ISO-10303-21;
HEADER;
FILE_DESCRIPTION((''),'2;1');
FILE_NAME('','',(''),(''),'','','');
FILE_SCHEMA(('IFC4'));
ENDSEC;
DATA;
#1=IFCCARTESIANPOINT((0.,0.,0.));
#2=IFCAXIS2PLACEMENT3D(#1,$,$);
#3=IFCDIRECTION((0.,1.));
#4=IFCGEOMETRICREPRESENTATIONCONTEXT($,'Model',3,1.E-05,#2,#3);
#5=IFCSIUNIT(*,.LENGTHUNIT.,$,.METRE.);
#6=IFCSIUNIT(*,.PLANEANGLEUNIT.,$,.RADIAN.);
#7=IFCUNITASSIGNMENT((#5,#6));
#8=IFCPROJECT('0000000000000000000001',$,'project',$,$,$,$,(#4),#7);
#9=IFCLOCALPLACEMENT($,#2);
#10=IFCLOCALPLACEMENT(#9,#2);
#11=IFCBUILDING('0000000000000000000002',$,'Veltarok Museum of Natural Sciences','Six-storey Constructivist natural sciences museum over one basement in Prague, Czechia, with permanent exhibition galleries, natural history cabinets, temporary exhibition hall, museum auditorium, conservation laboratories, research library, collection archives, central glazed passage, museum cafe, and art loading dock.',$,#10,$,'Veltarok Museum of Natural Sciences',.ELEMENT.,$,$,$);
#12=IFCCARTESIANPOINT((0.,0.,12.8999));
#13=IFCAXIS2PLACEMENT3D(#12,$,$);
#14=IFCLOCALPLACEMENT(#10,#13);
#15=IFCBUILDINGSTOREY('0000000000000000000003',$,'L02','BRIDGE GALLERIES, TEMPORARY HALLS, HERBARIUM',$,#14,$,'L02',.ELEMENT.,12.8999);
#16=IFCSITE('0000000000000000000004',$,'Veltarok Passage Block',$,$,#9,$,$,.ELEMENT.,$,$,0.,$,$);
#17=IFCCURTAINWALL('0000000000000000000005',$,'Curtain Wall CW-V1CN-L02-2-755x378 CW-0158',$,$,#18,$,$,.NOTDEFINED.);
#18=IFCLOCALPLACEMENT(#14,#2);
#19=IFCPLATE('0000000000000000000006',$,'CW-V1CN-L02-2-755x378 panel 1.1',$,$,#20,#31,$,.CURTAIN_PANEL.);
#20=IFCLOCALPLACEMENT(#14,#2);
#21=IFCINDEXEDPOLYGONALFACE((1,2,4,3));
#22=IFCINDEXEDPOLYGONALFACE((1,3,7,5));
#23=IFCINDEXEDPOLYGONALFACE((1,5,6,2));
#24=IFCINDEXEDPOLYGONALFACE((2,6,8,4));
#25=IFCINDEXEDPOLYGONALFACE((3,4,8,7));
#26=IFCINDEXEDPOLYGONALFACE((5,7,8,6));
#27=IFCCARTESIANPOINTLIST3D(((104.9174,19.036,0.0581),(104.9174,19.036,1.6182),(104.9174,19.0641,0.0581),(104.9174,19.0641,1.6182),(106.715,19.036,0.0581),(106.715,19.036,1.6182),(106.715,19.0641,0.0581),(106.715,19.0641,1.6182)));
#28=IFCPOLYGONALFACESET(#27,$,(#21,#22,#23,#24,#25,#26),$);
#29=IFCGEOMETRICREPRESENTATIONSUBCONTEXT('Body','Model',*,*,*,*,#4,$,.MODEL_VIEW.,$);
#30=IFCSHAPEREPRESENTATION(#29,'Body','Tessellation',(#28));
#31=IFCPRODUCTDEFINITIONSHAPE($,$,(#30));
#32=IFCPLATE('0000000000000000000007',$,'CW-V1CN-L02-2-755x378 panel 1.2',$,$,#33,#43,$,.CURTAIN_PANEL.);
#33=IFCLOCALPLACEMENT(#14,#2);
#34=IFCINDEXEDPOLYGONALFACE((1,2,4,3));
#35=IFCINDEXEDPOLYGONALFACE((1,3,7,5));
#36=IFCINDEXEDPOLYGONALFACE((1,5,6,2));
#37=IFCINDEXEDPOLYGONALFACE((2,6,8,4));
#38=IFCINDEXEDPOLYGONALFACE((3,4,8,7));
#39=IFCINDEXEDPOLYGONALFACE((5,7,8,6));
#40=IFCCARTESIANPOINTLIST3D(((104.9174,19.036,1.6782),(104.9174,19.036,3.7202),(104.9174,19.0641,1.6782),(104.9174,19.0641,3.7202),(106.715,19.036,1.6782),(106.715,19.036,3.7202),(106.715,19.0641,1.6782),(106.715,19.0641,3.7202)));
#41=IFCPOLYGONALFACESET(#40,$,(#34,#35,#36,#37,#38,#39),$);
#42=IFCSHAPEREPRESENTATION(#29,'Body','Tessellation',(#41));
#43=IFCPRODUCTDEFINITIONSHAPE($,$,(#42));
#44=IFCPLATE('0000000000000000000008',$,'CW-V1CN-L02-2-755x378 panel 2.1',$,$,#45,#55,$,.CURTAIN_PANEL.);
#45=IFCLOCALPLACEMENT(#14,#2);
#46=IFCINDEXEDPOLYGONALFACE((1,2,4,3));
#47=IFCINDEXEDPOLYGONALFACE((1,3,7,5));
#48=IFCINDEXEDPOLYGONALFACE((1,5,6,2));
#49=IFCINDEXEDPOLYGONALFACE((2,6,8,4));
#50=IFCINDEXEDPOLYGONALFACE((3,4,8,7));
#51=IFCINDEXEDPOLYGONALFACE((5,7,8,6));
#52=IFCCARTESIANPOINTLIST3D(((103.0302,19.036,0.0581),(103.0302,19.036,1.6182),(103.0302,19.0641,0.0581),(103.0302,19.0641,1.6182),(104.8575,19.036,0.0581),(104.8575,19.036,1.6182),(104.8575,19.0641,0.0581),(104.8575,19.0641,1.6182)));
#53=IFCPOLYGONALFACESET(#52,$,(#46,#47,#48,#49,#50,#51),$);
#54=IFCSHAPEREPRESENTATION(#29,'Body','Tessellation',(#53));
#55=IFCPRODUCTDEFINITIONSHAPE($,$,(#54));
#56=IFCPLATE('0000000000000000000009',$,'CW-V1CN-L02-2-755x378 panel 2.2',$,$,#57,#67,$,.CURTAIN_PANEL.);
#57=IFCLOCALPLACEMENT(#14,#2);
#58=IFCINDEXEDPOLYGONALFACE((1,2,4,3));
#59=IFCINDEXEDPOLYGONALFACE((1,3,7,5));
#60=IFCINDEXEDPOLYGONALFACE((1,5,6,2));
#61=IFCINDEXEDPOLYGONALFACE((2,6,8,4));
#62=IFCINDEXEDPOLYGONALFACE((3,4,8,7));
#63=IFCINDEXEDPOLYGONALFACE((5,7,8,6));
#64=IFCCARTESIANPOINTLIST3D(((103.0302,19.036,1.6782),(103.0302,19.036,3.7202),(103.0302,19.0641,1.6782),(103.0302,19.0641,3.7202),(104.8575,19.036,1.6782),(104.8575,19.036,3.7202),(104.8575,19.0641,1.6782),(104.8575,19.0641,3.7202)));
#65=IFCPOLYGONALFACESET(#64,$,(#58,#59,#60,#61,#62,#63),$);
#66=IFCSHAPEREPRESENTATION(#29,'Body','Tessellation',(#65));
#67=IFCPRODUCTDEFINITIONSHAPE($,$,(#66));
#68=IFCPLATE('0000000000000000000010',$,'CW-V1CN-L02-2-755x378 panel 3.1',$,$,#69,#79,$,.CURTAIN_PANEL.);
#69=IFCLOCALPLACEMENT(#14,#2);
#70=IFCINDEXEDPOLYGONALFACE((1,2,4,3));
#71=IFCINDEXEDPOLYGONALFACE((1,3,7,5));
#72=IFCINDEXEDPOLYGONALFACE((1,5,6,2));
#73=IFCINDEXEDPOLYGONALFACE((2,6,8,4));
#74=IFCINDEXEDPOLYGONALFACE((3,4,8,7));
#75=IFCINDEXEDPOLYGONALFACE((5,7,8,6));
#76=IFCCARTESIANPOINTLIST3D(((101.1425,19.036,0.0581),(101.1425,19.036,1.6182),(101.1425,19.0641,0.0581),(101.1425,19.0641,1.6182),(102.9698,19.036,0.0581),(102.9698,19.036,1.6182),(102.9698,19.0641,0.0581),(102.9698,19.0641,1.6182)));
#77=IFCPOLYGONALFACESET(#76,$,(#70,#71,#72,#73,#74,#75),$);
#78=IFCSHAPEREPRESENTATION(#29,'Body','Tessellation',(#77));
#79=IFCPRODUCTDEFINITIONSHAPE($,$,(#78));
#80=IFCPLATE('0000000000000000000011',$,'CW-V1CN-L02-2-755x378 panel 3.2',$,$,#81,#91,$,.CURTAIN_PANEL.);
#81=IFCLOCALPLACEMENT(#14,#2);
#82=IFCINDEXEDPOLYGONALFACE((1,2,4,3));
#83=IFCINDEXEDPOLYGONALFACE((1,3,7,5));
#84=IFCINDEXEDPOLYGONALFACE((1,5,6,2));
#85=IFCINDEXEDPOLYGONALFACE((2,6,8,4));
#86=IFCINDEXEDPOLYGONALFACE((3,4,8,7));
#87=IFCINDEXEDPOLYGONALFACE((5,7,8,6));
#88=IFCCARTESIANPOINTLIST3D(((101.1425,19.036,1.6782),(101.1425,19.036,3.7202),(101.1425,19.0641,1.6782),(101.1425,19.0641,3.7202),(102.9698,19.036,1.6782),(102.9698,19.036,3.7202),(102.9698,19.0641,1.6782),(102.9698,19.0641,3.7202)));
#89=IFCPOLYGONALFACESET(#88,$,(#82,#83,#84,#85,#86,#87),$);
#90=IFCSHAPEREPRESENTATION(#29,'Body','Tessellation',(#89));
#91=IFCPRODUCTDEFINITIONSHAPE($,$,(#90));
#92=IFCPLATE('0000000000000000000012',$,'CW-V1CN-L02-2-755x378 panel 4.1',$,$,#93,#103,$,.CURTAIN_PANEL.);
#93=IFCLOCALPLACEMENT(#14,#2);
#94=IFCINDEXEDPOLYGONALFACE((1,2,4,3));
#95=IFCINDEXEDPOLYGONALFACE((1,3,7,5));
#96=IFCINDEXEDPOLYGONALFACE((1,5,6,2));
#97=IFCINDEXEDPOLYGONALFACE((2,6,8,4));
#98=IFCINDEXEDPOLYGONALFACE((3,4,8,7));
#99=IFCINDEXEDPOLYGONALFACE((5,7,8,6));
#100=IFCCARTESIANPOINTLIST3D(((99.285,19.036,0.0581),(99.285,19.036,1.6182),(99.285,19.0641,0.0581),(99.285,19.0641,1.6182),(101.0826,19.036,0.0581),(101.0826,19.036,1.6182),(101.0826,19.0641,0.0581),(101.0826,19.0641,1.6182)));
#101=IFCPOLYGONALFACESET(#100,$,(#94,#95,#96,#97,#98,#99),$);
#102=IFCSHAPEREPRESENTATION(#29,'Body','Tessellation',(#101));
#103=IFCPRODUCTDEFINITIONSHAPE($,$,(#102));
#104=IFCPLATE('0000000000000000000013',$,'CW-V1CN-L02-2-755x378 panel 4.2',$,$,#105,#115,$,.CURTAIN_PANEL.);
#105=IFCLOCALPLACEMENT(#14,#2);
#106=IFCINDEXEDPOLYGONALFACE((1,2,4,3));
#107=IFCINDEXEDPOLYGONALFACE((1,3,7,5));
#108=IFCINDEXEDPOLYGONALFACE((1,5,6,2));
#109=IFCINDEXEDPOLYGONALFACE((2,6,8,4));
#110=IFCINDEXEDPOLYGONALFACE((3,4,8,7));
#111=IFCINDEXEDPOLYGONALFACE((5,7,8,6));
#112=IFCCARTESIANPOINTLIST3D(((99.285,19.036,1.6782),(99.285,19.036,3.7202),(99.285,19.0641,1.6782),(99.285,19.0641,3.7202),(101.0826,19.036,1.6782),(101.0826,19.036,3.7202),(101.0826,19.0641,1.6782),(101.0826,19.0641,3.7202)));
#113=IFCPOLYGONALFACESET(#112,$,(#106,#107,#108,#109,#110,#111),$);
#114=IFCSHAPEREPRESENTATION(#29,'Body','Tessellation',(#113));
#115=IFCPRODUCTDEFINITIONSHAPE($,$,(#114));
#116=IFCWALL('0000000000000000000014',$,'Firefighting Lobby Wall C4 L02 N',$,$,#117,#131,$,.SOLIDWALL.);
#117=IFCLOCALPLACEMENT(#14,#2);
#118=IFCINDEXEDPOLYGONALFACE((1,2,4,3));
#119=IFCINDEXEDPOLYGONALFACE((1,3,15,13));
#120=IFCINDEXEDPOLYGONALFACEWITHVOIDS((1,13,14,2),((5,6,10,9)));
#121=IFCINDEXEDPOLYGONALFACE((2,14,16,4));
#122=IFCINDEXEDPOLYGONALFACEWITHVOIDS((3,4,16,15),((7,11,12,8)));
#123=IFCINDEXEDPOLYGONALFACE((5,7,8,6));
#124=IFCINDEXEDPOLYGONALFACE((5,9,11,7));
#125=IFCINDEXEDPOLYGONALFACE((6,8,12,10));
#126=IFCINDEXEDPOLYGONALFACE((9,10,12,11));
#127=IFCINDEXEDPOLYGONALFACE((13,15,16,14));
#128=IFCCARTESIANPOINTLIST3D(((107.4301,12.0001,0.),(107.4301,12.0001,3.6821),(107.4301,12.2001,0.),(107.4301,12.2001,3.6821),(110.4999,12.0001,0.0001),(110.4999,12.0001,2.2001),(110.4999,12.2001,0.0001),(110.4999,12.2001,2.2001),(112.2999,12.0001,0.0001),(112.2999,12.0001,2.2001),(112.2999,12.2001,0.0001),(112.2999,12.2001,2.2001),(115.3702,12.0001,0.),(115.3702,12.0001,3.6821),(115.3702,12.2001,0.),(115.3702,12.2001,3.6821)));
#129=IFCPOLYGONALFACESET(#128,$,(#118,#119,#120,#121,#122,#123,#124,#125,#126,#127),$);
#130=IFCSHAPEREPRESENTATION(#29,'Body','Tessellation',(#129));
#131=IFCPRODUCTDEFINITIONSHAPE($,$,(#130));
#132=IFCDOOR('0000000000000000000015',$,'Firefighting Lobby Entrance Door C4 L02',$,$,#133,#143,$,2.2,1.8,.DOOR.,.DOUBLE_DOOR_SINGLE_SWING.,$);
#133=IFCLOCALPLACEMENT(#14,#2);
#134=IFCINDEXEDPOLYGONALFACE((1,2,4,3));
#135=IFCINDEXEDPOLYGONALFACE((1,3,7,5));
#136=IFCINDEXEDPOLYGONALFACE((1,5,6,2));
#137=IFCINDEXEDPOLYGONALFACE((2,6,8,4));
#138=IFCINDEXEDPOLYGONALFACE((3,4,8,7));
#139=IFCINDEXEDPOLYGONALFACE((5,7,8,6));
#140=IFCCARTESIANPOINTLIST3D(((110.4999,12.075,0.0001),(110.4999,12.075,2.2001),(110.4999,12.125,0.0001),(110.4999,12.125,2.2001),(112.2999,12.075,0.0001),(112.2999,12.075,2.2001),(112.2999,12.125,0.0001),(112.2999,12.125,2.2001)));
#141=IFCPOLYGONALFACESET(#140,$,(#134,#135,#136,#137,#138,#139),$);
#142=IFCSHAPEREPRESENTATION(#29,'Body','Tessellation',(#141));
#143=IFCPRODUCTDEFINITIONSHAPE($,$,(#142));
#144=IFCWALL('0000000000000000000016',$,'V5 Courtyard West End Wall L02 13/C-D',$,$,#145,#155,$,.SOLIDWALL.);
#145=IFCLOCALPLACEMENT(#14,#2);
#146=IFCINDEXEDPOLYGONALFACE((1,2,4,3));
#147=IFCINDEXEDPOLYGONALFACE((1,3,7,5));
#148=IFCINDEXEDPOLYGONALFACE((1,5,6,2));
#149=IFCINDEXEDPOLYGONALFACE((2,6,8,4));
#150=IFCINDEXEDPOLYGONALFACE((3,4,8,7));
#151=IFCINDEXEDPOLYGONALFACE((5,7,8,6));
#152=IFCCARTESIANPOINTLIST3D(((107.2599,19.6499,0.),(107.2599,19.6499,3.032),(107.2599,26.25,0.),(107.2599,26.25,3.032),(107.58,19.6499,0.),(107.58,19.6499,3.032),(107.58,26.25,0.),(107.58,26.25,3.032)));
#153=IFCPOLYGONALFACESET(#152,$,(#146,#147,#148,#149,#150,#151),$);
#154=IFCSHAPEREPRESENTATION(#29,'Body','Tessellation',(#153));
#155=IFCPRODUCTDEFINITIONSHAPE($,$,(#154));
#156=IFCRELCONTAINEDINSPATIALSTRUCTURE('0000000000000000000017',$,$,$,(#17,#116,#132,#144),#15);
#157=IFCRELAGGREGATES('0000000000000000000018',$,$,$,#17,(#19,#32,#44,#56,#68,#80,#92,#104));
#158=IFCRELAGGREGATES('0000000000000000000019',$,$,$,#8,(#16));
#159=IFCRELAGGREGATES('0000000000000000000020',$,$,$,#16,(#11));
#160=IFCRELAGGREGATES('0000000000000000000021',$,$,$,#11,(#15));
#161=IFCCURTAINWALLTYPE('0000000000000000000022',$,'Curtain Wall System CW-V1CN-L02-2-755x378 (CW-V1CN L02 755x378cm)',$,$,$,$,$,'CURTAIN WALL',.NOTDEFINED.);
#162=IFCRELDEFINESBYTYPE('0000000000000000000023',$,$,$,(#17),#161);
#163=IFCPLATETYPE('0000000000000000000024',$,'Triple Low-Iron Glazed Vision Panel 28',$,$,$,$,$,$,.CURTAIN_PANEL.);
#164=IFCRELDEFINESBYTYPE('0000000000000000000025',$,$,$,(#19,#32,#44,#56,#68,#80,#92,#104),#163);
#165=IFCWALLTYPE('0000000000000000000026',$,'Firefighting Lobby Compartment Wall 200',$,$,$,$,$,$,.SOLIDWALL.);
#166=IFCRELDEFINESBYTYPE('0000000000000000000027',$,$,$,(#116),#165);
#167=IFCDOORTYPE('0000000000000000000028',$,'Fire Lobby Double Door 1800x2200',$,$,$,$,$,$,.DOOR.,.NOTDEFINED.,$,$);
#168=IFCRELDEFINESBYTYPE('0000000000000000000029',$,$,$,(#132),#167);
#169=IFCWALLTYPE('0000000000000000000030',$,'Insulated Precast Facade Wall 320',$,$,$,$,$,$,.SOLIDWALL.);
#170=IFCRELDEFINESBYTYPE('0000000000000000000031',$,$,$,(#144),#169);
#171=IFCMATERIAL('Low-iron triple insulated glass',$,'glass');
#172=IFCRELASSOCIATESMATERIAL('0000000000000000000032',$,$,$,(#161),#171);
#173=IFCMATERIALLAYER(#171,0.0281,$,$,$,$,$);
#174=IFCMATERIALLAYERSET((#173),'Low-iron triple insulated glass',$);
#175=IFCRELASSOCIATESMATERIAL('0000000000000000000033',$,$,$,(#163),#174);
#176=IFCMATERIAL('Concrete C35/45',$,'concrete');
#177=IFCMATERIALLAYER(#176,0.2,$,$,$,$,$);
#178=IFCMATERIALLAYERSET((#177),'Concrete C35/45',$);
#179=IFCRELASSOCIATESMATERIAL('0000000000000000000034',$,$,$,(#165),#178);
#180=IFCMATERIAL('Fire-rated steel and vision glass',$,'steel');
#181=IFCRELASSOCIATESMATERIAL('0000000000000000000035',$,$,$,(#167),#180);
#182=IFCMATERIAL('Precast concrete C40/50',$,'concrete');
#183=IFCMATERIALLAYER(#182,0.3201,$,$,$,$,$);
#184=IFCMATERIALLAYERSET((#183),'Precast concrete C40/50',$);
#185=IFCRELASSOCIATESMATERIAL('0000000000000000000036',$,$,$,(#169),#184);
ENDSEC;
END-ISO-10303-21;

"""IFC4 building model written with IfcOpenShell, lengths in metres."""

from ifc_helpers import new_model, si_unit, direction, frame, frame_2d, origin, origin_2d, place, context, subcontext, project, spatial, rectangle, extrude, material, layer, layer_set, type_object, element, fill, aggregate, save


model = new_model("IFC4")

# Units and contexts
model_context = context("Model", 3, precision=1e-05, world=origin(), true_north=direction((0.0, 1.0)))
body_context = subcontext(model_context, "Body", "Model", "MODEL_VIEW")
ifc_project = project(units=[si_unit("LENGTHUNIT", "METRE"), si_unit("PLANEANGLEUNIT", "RADIAN")], contexts=[model_context])

# Site, building, storey
site_placement = place(None, origin())
site = spatial("IfcSite", under=ifc_project, at=site_placement, Name="Veltarok Passage Block", CompositionType="ELEMENT", RefElevation=0.0)
building_placement = place(site_placement, origin())
building = spatial("IfcBuilding", under=site, at=building_placement, Name="Veltarok Museum of Natural Sciences", Description="Six-storey Constructivist natural sciences museum over one basement in Prague, Czechia, with permanent exhibition galleries, natural history cabinets, temporary exhibition hall, museum auditorium, conservation laboratories, research library, collection archives, central glazed passage, museum cafe, and art loading dock.", LongName="Veltarok Museum of Natural Sciences", CompositionType="ELEMENT")
storey_placement = place(building_placement, frame((0.0, 0.0, 12.8999)))
storey = spatial("IfcBuildingStorey", under=building, at=storey_placement, Name="L02", Description="BRIDGE GALLERIES, TEMPORARY HALLS, HERBARIUM", LongName="L02", CompositionType="ELEMENT", Elevation=12.8999)

# Curtain wall
ifc_material_1 = material(Name="Low-iron triple insulated glass", Category="glass")
curtain_wall_type = type_object("IfcCurtainWallType", Name="Curtain Wall System CW-V1CN-L02-2-755x378 (CW-V1CN L02 755x378cm)", ElementType="CURTAIN WALL", PredefinedType="NOTDEFINED", material=ifc_material_1)
curtain_wall_placement = place(storey_placement, origin())
curtain_wall = element("IfcCurtainWall", 1, at=curtain_wall_placement, inside=storey, type_object=curtain_wall_type, Name="Curtain Wall CW-V1CN-L02-2-755x378 CW-0158", PredefinedType="NOTDEFINED")

# Shared definitions
ifc_material_2 = material(Name="Precast concrete C40/50", Category="concrete")

# Plates
ifc_layer_1 = layer(ifc_material_1, 0.0281)
ifc_layer_set_1 = layer_set([ifc_layer_1], Name="Low-iron triple insulated glass")
plate_type = type_object("IfcPlateType", Name="Triple Low-Iron Glazed Vision Panel 28", PredefinedType="CURTAIN_PANEL", material=ifc_layer_set_1)
plate_1_placement = place(storey_placement, frame((105.8162, 19.05, 0.0581), z_axis=(0.0, 0.0, 1.0), x_axis=(-1.0, 0.0, 0.0)))
plate_1 = element("IfcPlate", 2, at=plate_1_placement, type_object=plate_type, Name="CW-V1CN-L02-2-755x378 panel 1.1", PredefinedType="CURTAIN_PANEL", context=body_context, shape_type="SweptSolid", body=[
    extrude(rectangle(XDim=1.7976, YDim=0.0281, at=origin_2d()), origin(), (0.0, 0.0, 1.0), 1.5601),
])
plate_2_placement = place(storey_placement, frame((105.8162, 19.05, 1.6782), z_axis=(0.0, 0.0, 1.0), x_axis=(-1.0, 0.0, 0.0)))
plate_2 = element("IfcPlate", 3, at=plate_2_placement, type_object=plate_type, Name="CW-V1CN-L02-2-755x378 panel 1.2", PredefinedType="CURTAIN_PANEL", context=body_context, shape_type="SweptSolid", body=[
    extrude(rectangle(XDim=1.7976, YDim=0.0281, at=origin_2d()), origin(), (0.0, 0.0, 1.0), 2.042),
])
plate_3_placement = place(storey_placement, frame((103.9438, 19.05, 0.0581), z_axis=(0.0, 0.0, 1.0), x_axis=(-1.0, 0.0, 0.0)))
plate_3 = element("IfcPlate", 4, at=plate_3_placement, type_object=plate_type, Name="CW-V1CN-L02-2-755x378 panel 2.1", PredefinedType="CURTAIN_PANEL", context=body_context, shape_type="SweptSolid", body=[
    extrude(rectangle(XDim=1.8274, YDim=0.0281, at=origin_2d()), origin(), (0.0, 0.0, 1.0), 1.5601),
])
plate_4_placement = place(storey_placement, frame((103.9438, 19.05, 1.6782), z_axis=(0.0, 0.0, 1.0), x_axis=(-1.0, 0.0, 0.0)))
plate_4 = element("IfcPlate", 5, at=plate_4_placement, type_object=plate_type, Name="CW-V1CN-L02-2-755x378 panel 2.2", PredefinedType="CURTAIN_PANEL", context=body_context, shape_type="SweptSolid", body=[
    extrude(rectangle(XDim=1.8274, YDim=0.0281, at=origin_2d()), origin(), (0.0, 0.0, 1.0), 2.042),
])
plate_5_placement = place(storey_placement, frame((102.0562, 19.05, 0.0581), z_axis=(0.0, 0.0, 1.0), x_axis=(-1.0, 0.0, 0.0)))
plate_5 = element("IfcPlate", 6, at=plate_5_placement, type_object=plate_type, Name="CW-V1CN-L02-2-755x378 panel 3.1", PredefinedType="CURTAIN_PANEL", context=body_context, shape_type="SweptSolid", body=[
    extrude(rectangle(XDim=1.8274, YDim=0.0281, at=origin_2d()), origin(), (0.0, 0.0, 1.0), 1.5601),
])
plate_6_placement = place(storey_placement, frame((102.0562, 19.05, 1.6782), z_axis=(0.0, 0.0, 1.0), x_axis=(-1.0, 0.0, 0.0)))
plate_6 = element("IfcPlate", 7, at=plate_6_placement, type_object=plate_type, Name="CW-V1CN-L02-2-755x378 panel 3.2", PredefinedType="CURTAIN_PANEL", context=body_context, shape_type="SweptSolid", body=[
    extrude(rectangle(XDim=1.8274, YDim=0.0281, at=origin_2d()), origin(), (0.0, 0.0, 1.0), 2.042),
])
plate_7_placement = place(storey_placement, frame((100.1838, 19.05, 0.0581), z_axis=(0.0, 0.0, 1.0), x_axis=(-1.0, 0.0, 0.0)))
plate_7 = element("IfcPlate", 8, at=plate_7_placement, type_object=plate_type, Name="CW-V1CN-L02-2-755x378 panel 4.1", PredefinedType="CURTAIN_PANEL", context=body_context, shape_type="SweptSolid", body=[
    extrude(rectangle(XDim=1.7976, YDim=0.0281, at=origin_2d()), origin(), (0.0, 0.0, 1.0), 1.5601),
])
plate_8_placement = place(storey_placement, frame((100.1838, 19.05, 1.6782), z_axis=(0.0, 0.0, 1.0), x_axis=(-1.0, 0.0, 0.0)))
plate_8 = element("IfcPlate", 9, at=plate_8_placement, type_object=plate_type, Name="CW-V1CN-L02-2-755x378 panel 4.2", PredefinedType="CURTAIN_PANEL", context=body_context, shape_type="SweptSolid", body=[
    extrude(rectangle(XDim=1.7976, YDim=0.0281, at=origin_2d()), origin(), (0.0, 0.0, 1.0), 2.042),
])
aggregate(curtain_wall, [plate_1, plate_2, plate_3, plate_4, plate_5, plate_6, plate_7, plate_8])

# Wall, opening, door
ifc_material_3 = material(Name="Concrete C35/45", Category="concrete")
ifc_layer_2 = layer(ifc_material_3, 0.2)
ifc_layer_set_2 = layer_set([ifc_layer_2], Name="Concrete C35/45")
wall_type_1 = type_object("IfcWallType", Name="Firefighting Lobby Compartment Wall 200", PredefinedType="SOLIDWALL", material=ifc_layer_set_2)
wall_1_placement = place(storey_placement, frame((107.4299, 12.1001, 0.0), z_axis=(0.0, 0.0, 1.0), x_axis=(1.0, 0.0, 0.0)))
wall_1 = element("IfcWall", 10, at=wall_1_placement, inside=storey, type_object=wall_type_1, Name="Firefighting Lobby Wall C4 L02 N", PredefinedType="SOLIDWALL", context=body_context, shape_type="SweptSolid", body=[
    extrude(rectangle(XDim=7.9402, YDim=0.2, at=frame_2d((3.9702, 0.0))), origin(), (0.0, 0.0, 1.0), 3.6821),
])
opening_placement = place(wall_1_placement, frame((3.0701, 0.0, 0.0)))
opening = element("IfcOpeningElement", 11, at=opening_placement, cuts=wall_1, PredefinedType="OPENING", context=body_context, shape_type="SweptSolid", body=[
    extrude(rectangle(XDim=1.8, YDim=2.2, at=frame_2d((0.8999, 1.1001))), frame((0.0, 0.1099, 0.0), z_axis=(0.0, -1.0, 0.0), x_axis=(1.0, 0.0, 0.0)), (0.0, 0.0, 1.0), 0.22),
])
ifc_material_4 = material(Name="Fire-rated steel and vision glass", Category="steel")
door_type = type_object("IfcDoorType", Name="Fire Lobby Double Door 1800x2200", OperationType="NOTDEFINED", PredefinedType="DOOR", material=ifc_material_4)
door_placement = place(opening_placement, origin())
door = element("IfcDoor", 12, at=door_placement, inside=storey, type_object=door_type, Name="Firefighting Lobby Entrance Door C4 L02", OperationType="DOUBLE_DOOR_SINGLE_SWING", OverallHeight=2.2, OverallWidth=1.8, PredefinedType="DOOR", context=body_context, shape_type="SweptSolid", body=[
    extrude(rectangle(XDim=1.8, YDim=2.2, at=frame_2d((0.8999, 1.1001))), frame((0.0, 0.0249, 0.0), z_axis=(0.0, -1.0, 0.0), x_axis=(1.0, 0.0, 0.0)), (0.0, 0.0, 1.0), 0.05),
])
fill(opening, door)

# Wall
ifc_layer_3 = layer(ifc_material_2, 0.3201)
ifc_layer_set_3 = layer_set([ifc_layer_3], Name="Precast concrete C40/50")
wall_type_2 = type_object("IfcWallType", Name="Insulated Precast Facade Wall 320", PredefinedType="SOLIDWALL", material=ifc_layer_set_3)
wall_2_placement = place(storey_placement, frame((107.4199, 26.25, 0.0), z_axis=(0.0, 0.0, 1.0), x_axis=(0.0, -1.0, 0.0)))
element("IfcWall", 13, at=wall_2_placement, inside=storey, type_object=wall_type_2, Name="V5 Courtyard West End Wall L02 13/C-D", PredefinedType="SOLIDWALL", context=body_context, shape_type="SweptSolid", body=[
    extrude(rectangle(XDim=6.6001, YDim=0.3201, at=frame_2d((3.3, 0.0))), origin(), (0.0, 0.0, 1.0), 3.032),
])

save(model, "model.ifc")
